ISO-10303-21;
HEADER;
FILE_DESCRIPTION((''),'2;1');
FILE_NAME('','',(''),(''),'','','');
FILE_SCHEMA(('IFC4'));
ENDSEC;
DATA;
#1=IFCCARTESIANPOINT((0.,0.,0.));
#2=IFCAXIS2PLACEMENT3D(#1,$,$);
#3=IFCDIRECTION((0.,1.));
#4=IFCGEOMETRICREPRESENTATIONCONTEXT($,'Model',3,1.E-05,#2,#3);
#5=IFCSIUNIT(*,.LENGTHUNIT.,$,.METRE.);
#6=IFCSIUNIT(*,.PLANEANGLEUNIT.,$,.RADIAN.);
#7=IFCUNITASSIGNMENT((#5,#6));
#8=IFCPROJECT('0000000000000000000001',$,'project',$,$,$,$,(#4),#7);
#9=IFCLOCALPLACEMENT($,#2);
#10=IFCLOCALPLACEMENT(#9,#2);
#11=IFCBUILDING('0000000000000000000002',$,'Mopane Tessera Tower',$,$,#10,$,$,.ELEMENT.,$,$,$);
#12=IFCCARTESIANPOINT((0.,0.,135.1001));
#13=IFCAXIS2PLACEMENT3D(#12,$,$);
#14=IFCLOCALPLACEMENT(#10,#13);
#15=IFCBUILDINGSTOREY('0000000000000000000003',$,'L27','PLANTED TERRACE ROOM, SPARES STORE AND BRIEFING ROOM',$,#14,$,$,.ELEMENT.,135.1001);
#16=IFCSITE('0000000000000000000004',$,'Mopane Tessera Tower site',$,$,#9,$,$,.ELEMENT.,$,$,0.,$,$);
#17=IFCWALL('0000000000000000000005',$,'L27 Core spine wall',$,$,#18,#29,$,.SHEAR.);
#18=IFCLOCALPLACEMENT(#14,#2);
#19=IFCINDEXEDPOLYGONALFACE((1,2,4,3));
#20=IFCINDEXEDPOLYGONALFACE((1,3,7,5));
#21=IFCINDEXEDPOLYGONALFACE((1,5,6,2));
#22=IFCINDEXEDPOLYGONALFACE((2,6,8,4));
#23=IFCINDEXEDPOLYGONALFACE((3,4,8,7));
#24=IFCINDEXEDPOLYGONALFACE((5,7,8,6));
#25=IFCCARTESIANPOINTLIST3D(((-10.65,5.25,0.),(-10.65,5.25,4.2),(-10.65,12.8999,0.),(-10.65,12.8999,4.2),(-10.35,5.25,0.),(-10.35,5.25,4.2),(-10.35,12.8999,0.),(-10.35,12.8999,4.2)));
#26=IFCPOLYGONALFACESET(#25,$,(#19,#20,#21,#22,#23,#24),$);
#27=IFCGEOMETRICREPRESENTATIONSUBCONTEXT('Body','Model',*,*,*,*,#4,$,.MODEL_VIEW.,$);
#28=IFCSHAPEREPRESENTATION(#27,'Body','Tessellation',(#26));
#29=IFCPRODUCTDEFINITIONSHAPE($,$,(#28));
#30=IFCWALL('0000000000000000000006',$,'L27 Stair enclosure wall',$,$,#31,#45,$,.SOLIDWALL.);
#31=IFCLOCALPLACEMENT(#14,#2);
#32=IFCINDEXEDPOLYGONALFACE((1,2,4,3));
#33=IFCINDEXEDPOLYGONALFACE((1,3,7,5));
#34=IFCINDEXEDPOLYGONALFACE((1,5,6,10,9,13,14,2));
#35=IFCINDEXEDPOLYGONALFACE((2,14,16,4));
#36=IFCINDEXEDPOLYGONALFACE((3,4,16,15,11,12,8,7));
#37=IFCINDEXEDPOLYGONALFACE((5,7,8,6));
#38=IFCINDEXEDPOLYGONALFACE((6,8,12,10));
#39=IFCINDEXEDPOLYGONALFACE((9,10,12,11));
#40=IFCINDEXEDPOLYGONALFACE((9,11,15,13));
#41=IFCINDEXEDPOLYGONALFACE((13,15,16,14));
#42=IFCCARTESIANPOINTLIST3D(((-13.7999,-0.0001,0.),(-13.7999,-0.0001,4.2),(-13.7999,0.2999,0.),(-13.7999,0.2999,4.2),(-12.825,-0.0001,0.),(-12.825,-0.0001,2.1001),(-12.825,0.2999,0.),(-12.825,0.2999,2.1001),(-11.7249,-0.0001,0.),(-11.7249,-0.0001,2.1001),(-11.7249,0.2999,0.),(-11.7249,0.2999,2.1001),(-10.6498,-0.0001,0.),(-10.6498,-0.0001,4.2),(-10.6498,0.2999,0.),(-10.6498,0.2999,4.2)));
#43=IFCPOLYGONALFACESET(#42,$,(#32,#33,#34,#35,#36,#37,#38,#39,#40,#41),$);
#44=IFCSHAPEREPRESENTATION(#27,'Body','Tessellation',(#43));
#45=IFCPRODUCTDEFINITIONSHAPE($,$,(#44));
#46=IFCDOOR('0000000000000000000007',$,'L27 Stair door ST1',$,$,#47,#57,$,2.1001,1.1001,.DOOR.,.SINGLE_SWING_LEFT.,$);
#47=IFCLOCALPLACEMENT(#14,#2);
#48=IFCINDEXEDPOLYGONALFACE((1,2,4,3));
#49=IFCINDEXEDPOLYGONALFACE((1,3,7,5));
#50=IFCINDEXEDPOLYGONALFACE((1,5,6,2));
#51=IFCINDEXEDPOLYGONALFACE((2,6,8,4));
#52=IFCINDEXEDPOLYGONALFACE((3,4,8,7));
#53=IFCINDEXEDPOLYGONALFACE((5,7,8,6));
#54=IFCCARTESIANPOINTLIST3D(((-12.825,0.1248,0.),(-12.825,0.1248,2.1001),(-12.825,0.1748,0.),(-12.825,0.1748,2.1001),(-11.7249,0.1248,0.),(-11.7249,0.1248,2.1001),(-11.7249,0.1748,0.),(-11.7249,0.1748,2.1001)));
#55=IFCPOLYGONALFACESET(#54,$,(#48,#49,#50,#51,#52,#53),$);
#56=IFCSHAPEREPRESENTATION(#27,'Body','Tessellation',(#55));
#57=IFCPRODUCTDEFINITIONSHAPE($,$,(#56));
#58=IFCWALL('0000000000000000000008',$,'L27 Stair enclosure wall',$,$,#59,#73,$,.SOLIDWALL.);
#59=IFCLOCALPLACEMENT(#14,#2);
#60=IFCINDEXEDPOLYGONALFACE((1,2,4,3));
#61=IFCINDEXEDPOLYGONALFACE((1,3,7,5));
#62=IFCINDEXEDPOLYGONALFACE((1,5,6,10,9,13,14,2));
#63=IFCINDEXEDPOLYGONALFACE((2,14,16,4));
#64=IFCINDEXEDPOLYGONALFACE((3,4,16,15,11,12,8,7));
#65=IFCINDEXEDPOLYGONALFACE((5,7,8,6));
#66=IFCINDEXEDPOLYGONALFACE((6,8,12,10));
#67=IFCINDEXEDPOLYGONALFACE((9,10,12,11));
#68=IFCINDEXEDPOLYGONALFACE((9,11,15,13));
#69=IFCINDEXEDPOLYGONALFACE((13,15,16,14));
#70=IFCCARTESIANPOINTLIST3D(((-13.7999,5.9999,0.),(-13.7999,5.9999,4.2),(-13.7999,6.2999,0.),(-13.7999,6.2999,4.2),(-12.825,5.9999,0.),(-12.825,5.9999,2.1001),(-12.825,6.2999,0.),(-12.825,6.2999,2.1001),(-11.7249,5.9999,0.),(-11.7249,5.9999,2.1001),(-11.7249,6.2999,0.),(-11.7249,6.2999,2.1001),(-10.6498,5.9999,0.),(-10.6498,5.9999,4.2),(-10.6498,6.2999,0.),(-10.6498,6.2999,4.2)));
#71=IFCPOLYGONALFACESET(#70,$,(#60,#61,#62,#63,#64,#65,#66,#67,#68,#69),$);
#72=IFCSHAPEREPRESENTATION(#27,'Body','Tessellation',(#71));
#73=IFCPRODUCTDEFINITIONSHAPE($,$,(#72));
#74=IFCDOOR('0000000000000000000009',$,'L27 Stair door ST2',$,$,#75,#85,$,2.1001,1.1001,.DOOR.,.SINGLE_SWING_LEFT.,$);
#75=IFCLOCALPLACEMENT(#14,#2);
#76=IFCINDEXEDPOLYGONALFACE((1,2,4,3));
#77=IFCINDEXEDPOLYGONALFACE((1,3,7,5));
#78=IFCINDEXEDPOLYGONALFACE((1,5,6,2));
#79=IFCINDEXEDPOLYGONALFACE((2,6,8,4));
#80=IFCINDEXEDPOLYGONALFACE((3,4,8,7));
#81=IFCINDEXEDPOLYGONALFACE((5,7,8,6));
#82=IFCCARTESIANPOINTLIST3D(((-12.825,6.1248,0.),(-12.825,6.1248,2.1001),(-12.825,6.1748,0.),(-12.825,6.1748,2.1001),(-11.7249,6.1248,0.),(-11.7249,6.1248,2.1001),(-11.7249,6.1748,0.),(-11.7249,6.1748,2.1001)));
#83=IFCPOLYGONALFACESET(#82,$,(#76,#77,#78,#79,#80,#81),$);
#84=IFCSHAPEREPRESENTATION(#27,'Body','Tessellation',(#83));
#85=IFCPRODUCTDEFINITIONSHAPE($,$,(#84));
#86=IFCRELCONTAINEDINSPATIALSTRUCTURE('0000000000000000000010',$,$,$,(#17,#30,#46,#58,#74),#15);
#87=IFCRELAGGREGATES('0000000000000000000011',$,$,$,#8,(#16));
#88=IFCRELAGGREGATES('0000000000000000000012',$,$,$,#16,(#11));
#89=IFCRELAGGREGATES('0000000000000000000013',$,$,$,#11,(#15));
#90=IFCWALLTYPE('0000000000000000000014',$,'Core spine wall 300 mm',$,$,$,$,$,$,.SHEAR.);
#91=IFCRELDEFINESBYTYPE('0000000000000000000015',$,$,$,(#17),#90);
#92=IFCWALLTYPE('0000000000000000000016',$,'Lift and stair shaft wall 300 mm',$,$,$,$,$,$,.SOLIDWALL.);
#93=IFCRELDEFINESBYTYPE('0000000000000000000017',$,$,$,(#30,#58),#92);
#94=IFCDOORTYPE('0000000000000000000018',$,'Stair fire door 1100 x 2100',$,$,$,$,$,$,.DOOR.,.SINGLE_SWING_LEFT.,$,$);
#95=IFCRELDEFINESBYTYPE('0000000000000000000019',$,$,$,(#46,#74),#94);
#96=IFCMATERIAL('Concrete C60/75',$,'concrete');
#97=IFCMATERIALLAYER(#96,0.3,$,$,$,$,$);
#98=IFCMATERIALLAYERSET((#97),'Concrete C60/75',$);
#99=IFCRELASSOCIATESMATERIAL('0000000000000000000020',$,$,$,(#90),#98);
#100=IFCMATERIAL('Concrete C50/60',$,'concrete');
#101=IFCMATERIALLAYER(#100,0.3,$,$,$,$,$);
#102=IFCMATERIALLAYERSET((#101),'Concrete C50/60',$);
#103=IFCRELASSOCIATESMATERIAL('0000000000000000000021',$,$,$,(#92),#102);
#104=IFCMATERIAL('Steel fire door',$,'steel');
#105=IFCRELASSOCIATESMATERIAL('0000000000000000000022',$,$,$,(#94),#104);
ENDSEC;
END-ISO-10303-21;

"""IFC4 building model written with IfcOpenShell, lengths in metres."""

from ifc_helpers import new_model, si_unit, direction, frame, frame_2d, origin, place, context, subcontext, project, spatial, rectangle, extrude, material, layer, layer_set, type_object, element, fill, save


model = new_model("IFC4")

# Units and contexts
model_context = context("Model", 3, precision=1e-05, world=origin(), true_north=direction((0.0, 1.0)))
body_context = subcontext(model_context, "Body", "Model", "MODEL_VIEW")
ifc_project = project(units=[si_unit("LENGTHUNIT", "METRE"), si_unit("PLANEANGLEUNIT", "RADIAN")], contexts=[model_context])

# Site, building, storey
site_placement = place(None, origin())
site = spatial("IfcSite", under=ifc_project, at=site_placement, Name="Mopane Tessera Tower site", CompositionType="ELEMENT", RefElevation=0.0)
building_placement = place(site_placement, origin())
building = spatial("IfcBuilding", under=site, at=building_placement, Name="Mopane Tessera Tower", CompositionType="ELEMENT")
storey_placement = place(building_placement, frame((0.0, 0.0, 135.1001)))
storey = spatial("IfcBuildingStorey", under=building, at=storey_placement, Name="L27", Description="PLANTED TERRACE ROOM, SPARES STORE AND BRIEFING ROOM", CompositionType="ELEMENT", Elevation=135.1001)

# Wall
ifc_material_1 = material(Name="Concrete C60/75", Category="concrete")
ifc_layer_1 = layer(ifc_material_1, 0.3)
ifc_layer_set_1 = layer_set([ifc_layer_1], Name="Concrete C60/75")
wall_type_1 = type_object("IfcWallType", Name="Core spine wall 300 mm", PredefinedType="SHEAR", material=ifc_layer_set_1)
wall_1_placement = place(storey_placement, frame((-10.5, 5.25, 0.0), z_axis=(0.0, 0.0, 1.0), x_axis=(0.0, 1.0, 0.0)))
element("IfcWall", 1, at=wall_1_placement, inside=storey, type_object=wall_type_1, Name="L27 Core spine wall", PredefinedType="SHEAR", context=body_context, shape_type="SweptSolid", body=[
    extrude(rectangle(XDim=7.6499, YDim=0.3, at=frame_2d((3.825, 0.0))), origin(), (0.0, 0.0, 1.0), 4.2),
])

# Walls, openings, doors
ifc_material_2 = material(Name="Concrete C50/60", Category="concrete")
ifc_layer_2 = layer(ifc_material_2, 0.3)
ifc_layer_set_2 = layer_set([ifc_layer_2], Name="Concrete C50/60")
wall_type_2 = type_object("IfcWallType", Name="Lift and stair shaft wall 300 mm", PredefinedType="SOLIDWALL", material=ifc_layer_set_2)
wall_2_placement = place(storey_placement, frame((-13.8, 0.1499, 0.0), z_axis=(0.0, 0.0, 1.0), x_axis=(1.0, 0.0, 0.0)))
wall_2 = element("IfcWall", 2, at=wall_2_placement, inside=storey, type_object=wall_type_2, Name="L27 Stair enclosure wall", PredefinedType="SOLIDWALL", context=body_context, shape_type="SweptSolid", body=[
    extrude(rectangle(XDim=3.1501, YDim=0.3, at=frame_2d((1.5752, 0.0))), origin(), (0.0, 0.0, 1.0), 4.2),
])
opening_1_placement = place(wall_2_placement, frame((0.9751, 0.0, 0.0)))
opening_1 = element("IfcOpeningElement", 3, at=opening_1_placement, cuts=wall_2, PredefinedType="OPENING", context=body_context, shape_type="SweptSolid", body=[
    extrude(rectangle(XDim=1.1001, YDim=2.1001, at=frame_2d((0.55, 1.05))), frame((0.0, 0.1621, 0.0), z_axis=(0.0, -1.0, 0.0), x_axis=(1.0, 0.0, 0.0)), (0.0, 0.0, 1.0), 0.324),
])
ifc_material_3 = material(Name="Steel fire door", Category="steel")
door_type_1 = type_object("IfcDoorType", Name="Stair fire door 1100 x 2100", OperationType="SINGLE_SWING_LEFT", PredefinedType="DOOR", material=ifc_material_3)
door_1_placement = place(opening_1_placement, origin())
door_1 = element("IfcDoor", 4, at=door_1_placement, inside=storey, type_object=door_type_1, Name="L27 Stair door ST1", OperationType="SINGLE_SWING_LEFT", OverallHeight=2.1001, OverallWidth=1.1001, PredefinedType="DOOR", context=body_context, shape_type="SweptSolid", body=[
    extrude(rectangle(XDim=1.1001, YDim=2.1001, at=frame_2d((0.55, 1.05))), frame((0.0, 0.0249, 0.0), z_axis=(0.0, -1.0, 0.0), x_axis=(1.0, 0.0, 0.0)), (0.0, 0.0, 1.0), 0.05),
])
fill(opening_1, door_1)
wall_3_placement = place(storey_placement, frame((-13.8, 6.1499, 0.0), z_axis=(0.0, 0.0, 1.0), x_axis=(1.0, 0.0, 0.0)))
wall_3 = element("IfcWall", 5, at=wall_3_placement, inside=storey, type_object=wall_type_2, Name="L27 Stair enclosure wall", PredefinedType="SOLIDWALL", context=body_context, shape_type="SweptSolid", body=[
    extrude(rectangle(XDim=3.1501, YDim=0.3, at=frame_2d((1.5752, 0.0))), origin(), (0.0, 0.0, 1.0), 4.2),
])
opening_2_placement = place(wall_3_placement, frame((0.9751, 0.0, 0.0)))
opening_2 = element("IfcOpeningElement", 6, at=opening_2_placement, cuts=wall_3, PredefinedType="OPENING", context=body_context, shape_type="SweptSolid", body=[
    extrude(rectangle(XDim=1.1001, YDim=2.1001, at=frame_2d((0.55, 1.05))), frame((0.0, 0.1621, 0.0), z_axis=(0.0, -1.0, 0.0), x_axis=(1.0, 0.0, 0.0)), (0.0, 0.0, 1.0), 0.324),
])
door_2_placement = place(opening_2_placement, origin())
door_2 = element("IfcDoor", 7, at=door_2_placement, inside=storey, type_object=door_type_1, Name="L27 Stair door ST2", OperationType="SINGLE_SWING_LEFT", OverallHeight=2.1001, OverallWidth=1.1001, PredefinedType="DOOR", context=body_context, shape_type="SweptSolid", body=[
    extrude(rectangle(XDim=1.1001, YDim=2.1001, at=frame_2d((0.55, 1.05))), frame((0.0, 0.0249, 0.0), z_axis=(0.0, -1.0, 0.0), x_axis=(1.0, 0.0, 0.0)), (0.0, 0.0, 1.0), 0.05),
])
fill(opening_2, door_2)

save(model, "model.ifc")
